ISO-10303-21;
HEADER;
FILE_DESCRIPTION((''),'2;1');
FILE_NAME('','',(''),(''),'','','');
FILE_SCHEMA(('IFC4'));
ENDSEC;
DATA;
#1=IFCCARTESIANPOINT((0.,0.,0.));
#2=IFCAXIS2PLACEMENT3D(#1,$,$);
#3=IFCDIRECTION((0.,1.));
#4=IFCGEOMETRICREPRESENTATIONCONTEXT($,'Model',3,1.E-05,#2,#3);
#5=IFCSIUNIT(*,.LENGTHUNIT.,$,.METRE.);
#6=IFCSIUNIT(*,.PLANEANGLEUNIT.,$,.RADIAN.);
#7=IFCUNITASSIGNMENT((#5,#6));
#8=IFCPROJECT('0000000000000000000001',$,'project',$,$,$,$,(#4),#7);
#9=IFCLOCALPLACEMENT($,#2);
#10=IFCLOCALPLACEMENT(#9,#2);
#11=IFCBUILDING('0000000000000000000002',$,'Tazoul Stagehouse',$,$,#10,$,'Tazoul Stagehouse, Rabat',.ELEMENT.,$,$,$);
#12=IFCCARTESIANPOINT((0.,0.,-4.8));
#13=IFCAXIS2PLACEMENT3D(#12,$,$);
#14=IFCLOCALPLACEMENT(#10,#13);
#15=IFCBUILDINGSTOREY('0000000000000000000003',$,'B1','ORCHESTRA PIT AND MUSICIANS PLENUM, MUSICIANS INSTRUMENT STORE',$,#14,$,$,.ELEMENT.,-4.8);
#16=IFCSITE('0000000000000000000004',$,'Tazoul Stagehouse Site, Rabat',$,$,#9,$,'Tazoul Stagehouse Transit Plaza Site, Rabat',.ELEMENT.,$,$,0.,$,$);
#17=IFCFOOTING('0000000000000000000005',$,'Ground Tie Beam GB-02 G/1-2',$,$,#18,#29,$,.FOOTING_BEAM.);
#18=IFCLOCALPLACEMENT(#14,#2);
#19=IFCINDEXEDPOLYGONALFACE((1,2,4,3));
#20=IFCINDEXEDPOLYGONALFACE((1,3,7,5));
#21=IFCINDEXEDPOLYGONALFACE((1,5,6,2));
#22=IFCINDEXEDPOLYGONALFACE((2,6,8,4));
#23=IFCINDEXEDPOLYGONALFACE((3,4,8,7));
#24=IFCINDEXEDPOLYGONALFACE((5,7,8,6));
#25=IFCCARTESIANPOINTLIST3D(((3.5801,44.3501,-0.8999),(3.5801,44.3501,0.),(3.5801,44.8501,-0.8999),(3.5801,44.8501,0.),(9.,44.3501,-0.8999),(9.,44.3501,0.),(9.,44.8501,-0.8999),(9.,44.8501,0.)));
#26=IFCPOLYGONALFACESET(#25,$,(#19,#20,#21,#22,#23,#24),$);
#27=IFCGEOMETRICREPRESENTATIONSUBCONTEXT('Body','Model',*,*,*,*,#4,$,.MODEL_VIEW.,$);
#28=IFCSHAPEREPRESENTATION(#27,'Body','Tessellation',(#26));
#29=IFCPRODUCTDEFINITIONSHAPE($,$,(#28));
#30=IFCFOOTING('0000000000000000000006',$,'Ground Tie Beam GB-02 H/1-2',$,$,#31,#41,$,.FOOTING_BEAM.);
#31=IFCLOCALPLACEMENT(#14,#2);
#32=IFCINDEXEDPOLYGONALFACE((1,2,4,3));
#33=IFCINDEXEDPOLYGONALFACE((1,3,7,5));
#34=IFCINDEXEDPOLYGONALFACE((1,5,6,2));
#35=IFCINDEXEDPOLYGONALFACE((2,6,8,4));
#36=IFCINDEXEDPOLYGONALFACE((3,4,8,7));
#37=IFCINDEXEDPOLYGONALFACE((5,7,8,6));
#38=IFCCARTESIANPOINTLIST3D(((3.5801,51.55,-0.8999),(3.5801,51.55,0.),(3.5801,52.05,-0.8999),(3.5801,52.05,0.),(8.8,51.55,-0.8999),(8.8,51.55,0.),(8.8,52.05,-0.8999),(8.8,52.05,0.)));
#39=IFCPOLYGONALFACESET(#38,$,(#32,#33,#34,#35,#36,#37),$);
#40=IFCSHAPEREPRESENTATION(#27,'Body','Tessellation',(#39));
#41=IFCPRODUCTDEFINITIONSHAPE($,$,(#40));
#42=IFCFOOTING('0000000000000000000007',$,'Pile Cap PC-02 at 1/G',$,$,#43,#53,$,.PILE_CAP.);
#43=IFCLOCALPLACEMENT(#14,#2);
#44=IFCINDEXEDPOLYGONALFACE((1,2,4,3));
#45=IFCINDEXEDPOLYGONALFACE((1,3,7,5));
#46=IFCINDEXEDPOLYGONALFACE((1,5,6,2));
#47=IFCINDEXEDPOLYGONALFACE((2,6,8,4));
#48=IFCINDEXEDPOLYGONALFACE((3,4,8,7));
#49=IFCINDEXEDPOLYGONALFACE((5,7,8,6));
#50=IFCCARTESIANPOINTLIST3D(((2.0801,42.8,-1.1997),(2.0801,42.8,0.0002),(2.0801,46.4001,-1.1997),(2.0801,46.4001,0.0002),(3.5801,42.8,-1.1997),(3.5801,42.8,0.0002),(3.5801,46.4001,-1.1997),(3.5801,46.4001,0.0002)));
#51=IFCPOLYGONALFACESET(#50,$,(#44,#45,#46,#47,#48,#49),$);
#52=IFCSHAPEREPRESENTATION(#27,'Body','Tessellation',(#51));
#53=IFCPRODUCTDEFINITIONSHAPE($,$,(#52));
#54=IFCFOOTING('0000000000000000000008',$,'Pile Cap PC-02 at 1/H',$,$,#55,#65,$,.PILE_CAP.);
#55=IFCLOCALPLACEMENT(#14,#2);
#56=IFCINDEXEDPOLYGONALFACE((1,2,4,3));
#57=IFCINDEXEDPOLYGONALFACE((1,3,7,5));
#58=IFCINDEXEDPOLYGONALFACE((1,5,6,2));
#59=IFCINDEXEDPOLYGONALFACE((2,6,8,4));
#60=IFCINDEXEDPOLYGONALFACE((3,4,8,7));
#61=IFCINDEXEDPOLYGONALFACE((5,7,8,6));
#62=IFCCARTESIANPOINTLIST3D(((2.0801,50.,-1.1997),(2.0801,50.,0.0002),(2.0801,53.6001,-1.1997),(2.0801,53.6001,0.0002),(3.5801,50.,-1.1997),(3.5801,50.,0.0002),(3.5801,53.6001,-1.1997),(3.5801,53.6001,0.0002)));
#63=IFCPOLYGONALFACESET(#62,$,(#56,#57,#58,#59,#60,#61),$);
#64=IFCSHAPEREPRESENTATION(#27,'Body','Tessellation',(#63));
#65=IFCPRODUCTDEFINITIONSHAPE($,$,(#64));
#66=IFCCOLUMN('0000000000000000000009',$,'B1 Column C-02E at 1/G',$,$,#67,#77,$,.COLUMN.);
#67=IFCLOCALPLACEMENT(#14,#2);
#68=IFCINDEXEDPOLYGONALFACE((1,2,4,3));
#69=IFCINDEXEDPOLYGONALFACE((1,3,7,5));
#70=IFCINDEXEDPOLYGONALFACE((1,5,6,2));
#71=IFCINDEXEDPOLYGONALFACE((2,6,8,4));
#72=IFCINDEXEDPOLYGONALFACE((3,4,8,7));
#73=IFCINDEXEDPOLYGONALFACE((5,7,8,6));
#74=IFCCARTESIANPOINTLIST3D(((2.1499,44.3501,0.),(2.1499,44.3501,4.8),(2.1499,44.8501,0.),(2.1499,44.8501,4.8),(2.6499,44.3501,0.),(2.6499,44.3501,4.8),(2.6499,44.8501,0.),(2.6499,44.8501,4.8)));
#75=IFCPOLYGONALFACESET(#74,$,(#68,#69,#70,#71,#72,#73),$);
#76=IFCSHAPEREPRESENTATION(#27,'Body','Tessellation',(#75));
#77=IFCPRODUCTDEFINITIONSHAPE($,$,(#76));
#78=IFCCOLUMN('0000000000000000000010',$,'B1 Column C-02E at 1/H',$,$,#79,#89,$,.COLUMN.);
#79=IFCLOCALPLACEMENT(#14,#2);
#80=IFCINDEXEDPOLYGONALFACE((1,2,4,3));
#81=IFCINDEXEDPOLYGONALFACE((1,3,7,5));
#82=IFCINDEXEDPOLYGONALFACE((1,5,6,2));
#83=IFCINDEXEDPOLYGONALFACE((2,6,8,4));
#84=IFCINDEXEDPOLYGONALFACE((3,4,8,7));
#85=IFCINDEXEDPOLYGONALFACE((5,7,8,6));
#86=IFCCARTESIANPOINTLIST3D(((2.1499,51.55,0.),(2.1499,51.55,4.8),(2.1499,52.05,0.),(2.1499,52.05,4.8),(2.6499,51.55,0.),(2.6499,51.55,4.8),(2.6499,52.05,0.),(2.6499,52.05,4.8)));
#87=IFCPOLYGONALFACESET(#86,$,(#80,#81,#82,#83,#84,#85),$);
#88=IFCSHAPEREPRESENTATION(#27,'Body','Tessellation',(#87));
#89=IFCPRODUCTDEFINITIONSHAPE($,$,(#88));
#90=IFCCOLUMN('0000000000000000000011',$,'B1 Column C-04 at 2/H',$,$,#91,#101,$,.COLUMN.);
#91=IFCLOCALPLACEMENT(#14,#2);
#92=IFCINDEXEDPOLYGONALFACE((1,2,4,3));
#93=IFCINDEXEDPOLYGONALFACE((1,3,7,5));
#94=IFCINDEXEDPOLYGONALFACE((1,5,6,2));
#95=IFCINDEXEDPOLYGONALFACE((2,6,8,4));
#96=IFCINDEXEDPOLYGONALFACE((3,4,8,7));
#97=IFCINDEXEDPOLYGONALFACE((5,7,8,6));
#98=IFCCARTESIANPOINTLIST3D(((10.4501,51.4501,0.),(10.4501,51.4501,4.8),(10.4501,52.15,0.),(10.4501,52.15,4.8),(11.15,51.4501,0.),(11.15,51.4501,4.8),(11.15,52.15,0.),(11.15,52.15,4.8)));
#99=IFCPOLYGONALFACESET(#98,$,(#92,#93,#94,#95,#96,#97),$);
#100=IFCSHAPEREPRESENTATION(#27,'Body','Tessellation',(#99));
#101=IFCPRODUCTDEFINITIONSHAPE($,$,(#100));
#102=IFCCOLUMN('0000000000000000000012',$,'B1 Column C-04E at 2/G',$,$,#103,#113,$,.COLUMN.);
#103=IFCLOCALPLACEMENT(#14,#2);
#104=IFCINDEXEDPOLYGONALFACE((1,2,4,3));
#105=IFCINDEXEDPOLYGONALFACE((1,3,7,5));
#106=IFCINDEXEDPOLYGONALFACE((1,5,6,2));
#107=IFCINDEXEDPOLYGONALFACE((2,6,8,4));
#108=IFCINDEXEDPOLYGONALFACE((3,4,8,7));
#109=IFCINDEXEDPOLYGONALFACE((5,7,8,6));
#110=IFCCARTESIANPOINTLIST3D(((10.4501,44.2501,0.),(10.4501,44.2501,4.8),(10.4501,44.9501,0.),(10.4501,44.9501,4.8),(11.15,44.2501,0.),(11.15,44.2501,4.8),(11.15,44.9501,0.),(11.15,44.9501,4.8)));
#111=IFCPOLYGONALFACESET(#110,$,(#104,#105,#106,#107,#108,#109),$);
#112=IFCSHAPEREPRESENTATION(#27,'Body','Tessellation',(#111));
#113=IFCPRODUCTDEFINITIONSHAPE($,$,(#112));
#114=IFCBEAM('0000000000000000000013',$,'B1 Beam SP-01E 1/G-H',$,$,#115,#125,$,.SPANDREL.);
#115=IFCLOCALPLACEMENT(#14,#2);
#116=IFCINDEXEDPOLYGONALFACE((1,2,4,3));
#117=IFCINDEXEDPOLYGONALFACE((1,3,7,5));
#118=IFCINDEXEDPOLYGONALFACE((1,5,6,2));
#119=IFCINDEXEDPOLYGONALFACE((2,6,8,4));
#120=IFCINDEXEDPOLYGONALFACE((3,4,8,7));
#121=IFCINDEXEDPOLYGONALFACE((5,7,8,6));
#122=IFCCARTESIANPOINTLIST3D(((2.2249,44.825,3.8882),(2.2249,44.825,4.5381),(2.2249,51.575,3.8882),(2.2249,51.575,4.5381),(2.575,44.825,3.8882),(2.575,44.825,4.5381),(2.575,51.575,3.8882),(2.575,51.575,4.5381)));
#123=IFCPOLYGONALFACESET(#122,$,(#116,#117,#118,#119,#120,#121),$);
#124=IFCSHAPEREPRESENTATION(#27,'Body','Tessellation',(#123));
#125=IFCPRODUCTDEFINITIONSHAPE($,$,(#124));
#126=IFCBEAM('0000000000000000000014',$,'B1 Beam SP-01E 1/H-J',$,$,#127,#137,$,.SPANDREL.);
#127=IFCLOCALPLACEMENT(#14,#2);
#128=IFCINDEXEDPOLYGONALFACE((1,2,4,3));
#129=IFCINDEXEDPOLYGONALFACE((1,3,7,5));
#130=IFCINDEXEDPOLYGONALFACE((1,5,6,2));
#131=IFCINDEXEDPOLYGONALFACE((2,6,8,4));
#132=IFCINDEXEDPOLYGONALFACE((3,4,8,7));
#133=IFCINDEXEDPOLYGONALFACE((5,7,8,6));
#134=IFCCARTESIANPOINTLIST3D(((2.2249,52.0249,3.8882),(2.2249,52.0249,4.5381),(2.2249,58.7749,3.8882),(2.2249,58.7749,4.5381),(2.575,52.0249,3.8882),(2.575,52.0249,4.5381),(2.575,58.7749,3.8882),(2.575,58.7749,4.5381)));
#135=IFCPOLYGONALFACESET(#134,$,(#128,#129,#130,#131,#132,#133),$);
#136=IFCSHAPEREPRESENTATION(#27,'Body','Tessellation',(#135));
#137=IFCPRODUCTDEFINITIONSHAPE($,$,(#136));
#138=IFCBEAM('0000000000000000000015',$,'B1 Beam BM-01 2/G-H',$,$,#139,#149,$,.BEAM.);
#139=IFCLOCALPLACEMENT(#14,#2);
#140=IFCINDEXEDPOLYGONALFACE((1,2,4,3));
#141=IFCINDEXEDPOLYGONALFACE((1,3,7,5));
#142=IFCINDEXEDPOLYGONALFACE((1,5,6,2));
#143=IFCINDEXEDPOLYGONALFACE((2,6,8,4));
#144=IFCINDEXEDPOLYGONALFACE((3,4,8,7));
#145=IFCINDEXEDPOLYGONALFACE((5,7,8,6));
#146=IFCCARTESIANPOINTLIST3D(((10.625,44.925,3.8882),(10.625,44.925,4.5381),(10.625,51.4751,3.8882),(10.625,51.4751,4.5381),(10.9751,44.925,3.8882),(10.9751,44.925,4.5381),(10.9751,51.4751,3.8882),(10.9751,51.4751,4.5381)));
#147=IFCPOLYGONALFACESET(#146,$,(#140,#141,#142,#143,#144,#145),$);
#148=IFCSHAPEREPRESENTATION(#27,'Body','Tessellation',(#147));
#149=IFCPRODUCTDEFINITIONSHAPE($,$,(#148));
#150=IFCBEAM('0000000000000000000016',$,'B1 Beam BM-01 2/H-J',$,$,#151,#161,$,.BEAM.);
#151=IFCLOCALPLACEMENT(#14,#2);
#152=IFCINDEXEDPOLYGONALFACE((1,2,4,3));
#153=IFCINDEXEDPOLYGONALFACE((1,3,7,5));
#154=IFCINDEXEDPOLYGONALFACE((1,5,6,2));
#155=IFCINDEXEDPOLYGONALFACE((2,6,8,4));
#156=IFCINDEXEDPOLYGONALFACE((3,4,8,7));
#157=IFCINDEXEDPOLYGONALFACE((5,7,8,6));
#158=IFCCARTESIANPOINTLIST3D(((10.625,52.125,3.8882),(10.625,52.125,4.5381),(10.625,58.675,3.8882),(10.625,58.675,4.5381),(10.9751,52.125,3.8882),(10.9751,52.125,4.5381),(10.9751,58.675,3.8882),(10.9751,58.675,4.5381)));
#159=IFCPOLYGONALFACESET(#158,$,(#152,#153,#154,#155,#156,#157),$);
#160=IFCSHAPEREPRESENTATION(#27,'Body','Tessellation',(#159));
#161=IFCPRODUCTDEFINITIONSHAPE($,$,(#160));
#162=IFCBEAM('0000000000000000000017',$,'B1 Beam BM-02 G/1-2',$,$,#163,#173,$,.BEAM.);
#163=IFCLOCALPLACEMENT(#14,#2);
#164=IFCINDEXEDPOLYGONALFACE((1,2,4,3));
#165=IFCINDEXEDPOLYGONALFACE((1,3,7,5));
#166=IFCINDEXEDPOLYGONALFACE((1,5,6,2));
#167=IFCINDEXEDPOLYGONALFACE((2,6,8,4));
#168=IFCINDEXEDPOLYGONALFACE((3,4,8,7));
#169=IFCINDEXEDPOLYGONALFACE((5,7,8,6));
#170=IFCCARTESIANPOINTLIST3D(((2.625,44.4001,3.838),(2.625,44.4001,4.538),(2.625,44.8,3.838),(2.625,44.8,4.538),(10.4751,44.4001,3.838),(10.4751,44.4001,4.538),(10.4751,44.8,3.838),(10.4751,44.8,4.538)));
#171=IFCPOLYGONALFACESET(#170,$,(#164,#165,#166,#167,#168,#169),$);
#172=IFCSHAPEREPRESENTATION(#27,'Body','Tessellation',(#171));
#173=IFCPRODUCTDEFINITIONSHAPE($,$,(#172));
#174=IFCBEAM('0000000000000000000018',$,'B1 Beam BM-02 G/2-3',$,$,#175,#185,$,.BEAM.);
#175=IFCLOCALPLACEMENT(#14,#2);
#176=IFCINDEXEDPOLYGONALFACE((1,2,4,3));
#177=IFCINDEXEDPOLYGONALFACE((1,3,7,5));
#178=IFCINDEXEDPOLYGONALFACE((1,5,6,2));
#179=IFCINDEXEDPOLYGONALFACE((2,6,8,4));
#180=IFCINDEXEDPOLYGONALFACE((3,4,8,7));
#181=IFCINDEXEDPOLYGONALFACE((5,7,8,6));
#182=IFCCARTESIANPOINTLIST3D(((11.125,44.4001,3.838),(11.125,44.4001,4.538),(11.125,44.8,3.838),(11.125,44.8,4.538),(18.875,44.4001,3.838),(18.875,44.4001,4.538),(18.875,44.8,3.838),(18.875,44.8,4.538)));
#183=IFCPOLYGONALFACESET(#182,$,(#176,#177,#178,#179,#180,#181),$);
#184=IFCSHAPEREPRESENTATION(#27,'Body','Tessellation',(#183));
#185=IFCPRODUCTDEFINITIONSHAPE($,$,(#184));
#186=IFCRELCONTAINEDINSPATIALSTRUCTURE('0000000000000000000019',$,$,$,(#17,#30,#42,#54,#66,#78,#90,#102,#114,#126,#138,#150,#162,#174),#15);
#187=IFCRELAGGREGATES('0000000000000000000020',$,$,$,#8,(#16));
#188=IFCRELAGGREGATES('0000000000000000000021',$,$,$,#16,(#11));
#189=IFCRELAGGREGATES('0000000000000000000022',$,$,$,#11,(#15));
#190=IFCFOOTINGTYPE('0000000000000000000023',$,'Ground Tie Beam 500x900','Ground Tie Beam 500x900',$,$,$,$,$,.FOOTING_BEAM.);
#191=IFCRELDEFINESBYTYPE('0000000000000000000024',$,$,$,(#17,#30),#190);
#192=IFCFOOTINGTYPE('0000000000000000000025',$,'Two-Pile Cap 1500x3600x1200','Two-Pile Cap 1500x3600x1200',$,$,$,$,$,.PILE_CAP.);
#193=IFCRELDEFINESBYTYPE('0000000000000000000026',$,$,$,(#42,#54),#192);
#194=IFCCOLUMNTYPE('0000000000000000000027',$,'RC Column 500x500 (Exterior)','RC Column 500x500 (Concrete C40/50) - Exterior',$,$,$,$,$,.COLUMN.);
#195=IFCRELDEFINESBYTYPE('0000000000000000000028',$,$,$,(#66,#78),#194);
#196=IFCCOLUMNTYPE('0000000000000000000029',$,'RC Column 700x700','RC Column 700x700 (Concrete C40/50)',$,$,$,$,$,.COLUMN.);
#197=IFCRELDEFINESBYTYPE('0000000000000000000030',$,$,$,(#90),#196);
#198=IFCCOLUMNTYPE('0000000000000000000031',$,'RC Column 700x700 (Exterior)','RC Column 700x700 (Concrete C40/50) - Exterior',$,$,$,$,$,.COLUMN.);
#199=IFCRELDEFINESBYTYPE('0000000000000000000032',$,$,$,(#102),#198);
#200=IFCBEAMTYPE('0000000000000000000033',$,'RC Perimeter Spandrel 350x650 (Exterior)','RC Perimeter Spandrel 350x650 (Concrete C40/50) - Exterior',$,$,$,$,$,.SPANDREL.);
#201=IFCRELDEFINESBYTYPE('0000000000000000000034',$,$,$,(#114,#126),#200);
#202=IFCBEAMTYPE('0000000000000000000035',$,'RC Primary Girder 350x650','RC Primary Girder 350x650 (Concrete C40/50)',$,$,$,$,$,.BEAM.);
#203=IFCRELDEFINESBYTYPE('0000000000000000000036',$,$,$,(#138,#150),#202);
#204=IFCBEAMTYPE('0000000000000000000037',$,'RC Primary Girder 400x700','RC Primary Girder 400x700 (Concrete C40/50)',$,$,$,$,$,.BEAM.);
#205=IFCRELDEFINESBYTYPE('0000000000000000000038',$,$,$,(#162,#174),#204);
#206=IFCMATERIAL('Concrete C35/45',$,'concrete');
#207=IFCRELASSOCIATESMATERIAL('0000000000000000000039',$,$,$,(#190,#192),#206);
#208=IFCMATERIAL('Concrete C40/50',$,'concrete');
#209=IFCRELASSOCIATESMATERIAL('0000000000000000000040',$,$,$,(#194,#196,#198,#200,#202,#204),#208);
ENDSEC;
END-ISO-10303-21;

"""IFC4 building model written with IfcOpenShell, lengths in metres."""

from ifc_helpers import new_model, si_unit, direction, frame, origin, origin_2d, place, context, subcontext, project, spatial, rectangle, extrude, material, material_profile, profile_set, type_object, element, save


model = new_model("IFC4")

# Units and contexts
model_context = context("Model", 3, precision=1e-05, world=origin(), true_north=direction((0.0, 1.0)))
body_context = subcontext(model_context, "Body", "Model", "MODEL_VIEW")
ifc_project = project(units=[si_unit("LENGTHUNIT", "METRE"), si_unit("PLANEANGLEUNIT", "RADIAN")], contexts=[model_context])

# Site, building, storey
site_placement = place(None, origin())
site = spatial("IfcSite", under=ifc_project, at=site_placement, Name="Tazoul Stagehouse Site, Rabat", LongName="Tazoul Stagehouse Transit Plaza Site, Rabat", CompositionType="ELEMENT", RefElevation=0.0)
building_placement = place(site_placement, origin())
building = spatial("IfcBuilding", under=site, at=building_placement, Name="Tazoul Stagehouse", LongName="Tazoul Stagehouse, Rabat", CompositionType="ELEMENT")
storey_placement = place(building_placement, frame((0.0, 0.0, -4.8)))
storey = spatial("IfcBuildingStorey", under=building, at=storey_placement, Name="B1", Description="ORCHESTRA PIT AND MUSICIANS PLENUM, MUSICIANS INSTRUMENT STORE", CompositionType="ELEMENT", Elevation=-4.8)

# Shared definitions
ifc_material_1 = material(Name="Concrete C35/45", Category="concrete")

# Footings
ifc_material_profile_1 = material_profile(ifc_material_1, rectangle(XDim=0.5, YDim=0.8999, at=origin_2d()), Name="RC 500x900")
ifc_profile_set_1 = profile_set([ifc_material_profile_1], Name="Concrete C35/45")
footing_type_1 = type_object("IfcFootingType", Name="Ground Tie Beam 500x900", Description="Ground Tie Beam 500x900", PredefinedType="FOOTING_BEAM", material=ifc_profile_set_1)
footing_1_placement = place(storey_placement, frame((3.5801, 44.6001, -0.45), z_axis=(1.0, 0.0, 0.0), x_axis=(0.0, 1.0, 0.0)))
element("IfcFooting", 1, at=footing_1_placement, inside=storey, type_object=footing_type_1, Name="Ground Tie Beam GB-02 G/1-2", PredefinedType="FOOTING_BEAM", context=body_context, shape_type="SweptSolid", body=[
    extrude(rectangle(XDim=0.5, YDim=0.8999, at=origin_2d()), origin(), (0.0, 0.0, 1.0), 5.4199),
])
footing_2_placement = place(storey_placement, frame((3.5801, 51.8, -0.45), z_axis=(1.0, 0.0, 0.0), x_axis=(0.0, 1.0, 0.0)))
element("IfcFooting", 2, at=footing_2_placement, inside=storey, type_object=footing_type_1, Name="Ground Tie Beam GB-02 H/1-2", PredefinedType="FOOTING_BEAM", context=body_context, shape_type="SweptSolid", body=[
    extrude(rectangle(XDim=0.5, YDim=0.8999, at=origin_2d()), origin(), (0.0, 0.0, 1.0), 5.22),
])
footing_type_2 = type_object("IfcFootingType", Name="Two-Pile Cap 1500x3600x1200", Description="Two-Pile Cap 1500x3600x1200", PredefinedType="PILE_CAP", material=ifc_material_1)
for number, where, z_axis, x_axis, name in (
    (3, (2.8301, 44.6001, -1.1997), (0.0, 0.0, 1.0), (1.0, 0.0, 0.0), "Pile Cap PC-02 at 1/G"),
    (4, (2.8301, 51.8, -1.1997), (0.0, 0.0, 1.0), (1.0, 0.0, 0.0), "Pile Cap PC-02 at 1/H"),
):
    element("IfcFooting", number, at=place(storey_placement, frame(where, z_axis=z_axis, x_axis=x_axis)), inside=storey, type_object=footing_type_2, Name=name, PredefinedType="PILE_CAP", context=body_context, shape_type="SweptSolid", body=[
        extrude(rectangle(XDim=1.5, YDim=3.6001, at=origin_2d()), origin(), (0.0, 0.0, 1.0), 1.2),
    ])

# Columns
ifc_material_2 = material(Name="Concrete C40/50", Category="concrete")
ifc_material_profile_2 = material_profile(ifc_material_2, rectangle(XDim=0.5, YDim=0.5, at=origin_2d()), Name="RC 500x500")
ifc_profile_set_2 = profile_set([ifc_material_profile_2], Name="Concrete C40/50")
column_type_1 = type_object("IfcColumnType", Name="RC Column 500x500 (Exterior)", Description="RC Column 500x500 (Concrete C40/50) - Exterior", PredefinedType="COLUMN", material=ifc_profile_set_2)
for number, where, z_axis, x_axis, name in (
    (5, (2.3999, 44.6001, 0.0), (0.0, 0.0, 1.0), (1.0, 0.0, 0.0), "B1 Column C-02E at 1/G"),
    (6, (2.3999, 51.8, 0.0), (0.0, 0.0, 1.0), (1.0, 0.0, 0.0), "B1 Column C-02E at 1/H"),
):
    element("IfcColumn", number, at=place(storey_placement, frame(where, z_axis=z_axis, x_axis=x_axis)), inside=storey, type_object=column_type_1, Name=name, PredefinedType="COLUMN", context=body_context, shape_type="SweptSolid", body=[
        extrude(rectangle(XDim=0.5, YDim=0.5, at=origin_2d()), origin(), (0.0, 0.0, 1.0), 4.8),
    ])
ifc_material_profile_3 = material_profile(ifc_material_2, rectangle(XDim=0.7, YDim=0.7, at=origin_2d()), Name="RC 700x700")
ifc_profile_set_3 = profile_set([ifc_material_profile_3], Name="Concrete C40/50")
column_type_2 = type_object("IfcColumnType", Name="RC Column 700x700", Description="RC Column 700x700 (Concrete C40/50)", PredefinedType="COLUMN", material=ifc_profile_set_3)
column_1_placement = place(storey_placement, frame((10.8, 51.8, 0.0), z_axis=(0.0, 0.0, 1.0), x_axis=(1.0, 0.0, 0.0)))
element("IfcColumn", 7, at=column_1_placement, inside=storey, type_object=column_type_2, Name="B1 Column C-04 at 2/H", PredefinedType="COLUMN", context=body_context, shape_type="SweptSolid", body=[
    extrude(rectangle(XDim=0.7, YDim=0.7, at=origin_2d()), origin(), (0.0, 0.0, 1.0), 4.8),
])
ifc_material_profile_4 = material_profile(ifc_material_2, rectangle(XDim=0.7, YDim=0.7, at=origin_2d()), Name="RC 700x700")
ifc_profile_set_4 = profile_set([ifc_material_profile_4], Name="Concrete C40/50")
column_type_3 = type_object("IfcColumnType", Name="RC Column 700x700 (Exterior)", Description="RC Column 700x700 (Concrete C40/50) - Exterior", PredefinedType="COLUMN", material=ifc_profile_set_4)
column_2_placement = place(storey_placement, frame((10.8, 44.6001, 0.0), z_axis=(0.0, 0.0, 1.0), x_axis=(1.0, 0.0, 0.0)))
element("IfcColumn", 8, at=column_2_placement, inside=storey, type_object=column_type_3, Name="B1 Column C-04E at 2/G", PredefinedType="COLUMN", context=body_context, shape_type="SweptSolid", body=[
    extrude(rectangle(XDim=0.7, YDim=0.7, at=origin_2d()), origin(), (0.0, 0.0, 1.0), 4.8),
])

# Beams
ifc_material_profile_5 = material_profile(ifc_material_2, rectangle(XDim=0.3501, YDim=0.6499, at=origin_2d()), Name="RC 350x650")
ifc_profile_set_5 = profile_set([ifc_material_profile_5], Name="Concrete C40/50")
beam_type_1 = type_object("IfcBeamType", Name="RC Perimeter Spandrel 350x650 (Exterior)", Description="RC Perimeter Spandrel 350x650 (Concrete C40/50) - Exterior", PredefinedType="SPANDREL", material=ifc_profile_set_5)
for number, where, z_axis, x_axis, name in (
    (9, (2.3999, 44.825, 4.2131), (0.0, 1.0, 0.0), (-1.0, 0.0, 0.0), "B1 Beam SP-01E 1/G-H"),
    (10, (2.3999, 52.0249, 4.2131), (0.0, 1.0, 0.0), (-1.0, 0.0, 0.0), "B1 Beam SP-01E 1/H-J"),
):
    element("IfcBeam", number, at=place(storey_placement, frame(where, z_axis=z_axis, x_axis=x_axis)), inside=storey, type_object=beam_type_1, Name=name, PredefinedType="SPANDREL", context=body_context, shape_type="SweptSolid", body=[
        extrude(rectangle(XDim=0.3501, YDim=0.6499, at=origin_2d()), origin(), (0.0, 0.0, 1.0), 6.75),
    ])
ifc_material_profile_6 = material_profile(ifc_material_2, rectangle(XDim=0.3501, YDim=0.6499, at=origin_2d()), Name="RC 350x650")
ifc_profile_set_6 = profile_set([ifc_material_profile_6], Name="Concrete C40/50")
beam_type_2 = type_object("IfcBeamType", Name="RC Primary Girder 350x650", Description="RC Primary Girder 350x650 (Concrete C40/50)", PredefinedType="BEAM", material=ifc_profile_set_6)
for number, where, z_axis, x_axis, name in (
    (11, (10.8, 44.925, 4.2131), (0.0, 1.0, 0.0), (-1.0, 0.0, 0.0), "B1 Beam BM-01 2/G-H"),
    (12, (10.8, 52.125, 4.2131), (0.0, 1.0, 0.0), (-1.0, 0.0, 0.0), "B1 Beam BM-01 2/H-J"),
):
    element("IfcBeam", number, at=place(storey_placement, frame(where, z_axis=z_axis, x_axis=x_axis)), inside=storey, type_object=beam_type_2, Name=name, PredefinedType="BEAM", context=body_context, shape_type="SweptSolid", body=[
        extrude(rectangle(XDim=0.3501, YDim=0.6499, at=origin_2d()), origin(), (0.0, 0.0, 1.0), 6.55),
    ])
ifc_material_profile_7 = material_profile(ifc_material_2, rectangle(XDim=0.3999, YDim=0.7, at=origin_2d()), Name="RC 400x700")
ifc_profile_set_7 = profile_set([ifc_material_profile_7], Name="Concrete C40/50")
beam_type_3 = type_object("IfcBeamType", Name="RC Primary Girder 400x700", Description="RC Primary Girder 400x700 (Concrete C40/50)", PredefinedType="BEAM", material=ifc_profile_set_7)
beam_1_placement = place(storey_placement, frame((2.625, 44.6001, 4.188), z_axis=(1.0, 0.0, 0.0), x_axis=(0.0, 1.0, 0.0)))
element("IfcBeam", 13, at=beam_1_placement, inside=storey, type_object=beam_type_3, Name="B1 Beam BM-02 G/1-2", PredefinedType="BEAM", context=body_context, shape_type="SweptSolid", body=[
    extrude(rectangle(XDim=0.3999, YDim=0.7, at=origin_2d()), origin(), (0.0, 0.0, 1.0), 7.8501),
])
beam_2_placement = place(storey_placement, frame((11.125, 44.6001, 4.188), z_axis=(1.0, 0.0, 0.0), x_axis=(0.0, 1.0, 0.0)))
element("IfcBeam", 14, at=beam_2_placement, inside=storey, type_object=beam_type_3, Name="B1 Beam BM-02 G/2-3", PredefinedType="BEAM", context=body_context, shape_type="SweptSolid", body=[
    extrude(rectangle(XDim=0.3999, YDim=0.7, at=origin_2d()), origin(), (0.0, 0.0, 1.0), 7.75),
])

save(model, "model.ifc")
